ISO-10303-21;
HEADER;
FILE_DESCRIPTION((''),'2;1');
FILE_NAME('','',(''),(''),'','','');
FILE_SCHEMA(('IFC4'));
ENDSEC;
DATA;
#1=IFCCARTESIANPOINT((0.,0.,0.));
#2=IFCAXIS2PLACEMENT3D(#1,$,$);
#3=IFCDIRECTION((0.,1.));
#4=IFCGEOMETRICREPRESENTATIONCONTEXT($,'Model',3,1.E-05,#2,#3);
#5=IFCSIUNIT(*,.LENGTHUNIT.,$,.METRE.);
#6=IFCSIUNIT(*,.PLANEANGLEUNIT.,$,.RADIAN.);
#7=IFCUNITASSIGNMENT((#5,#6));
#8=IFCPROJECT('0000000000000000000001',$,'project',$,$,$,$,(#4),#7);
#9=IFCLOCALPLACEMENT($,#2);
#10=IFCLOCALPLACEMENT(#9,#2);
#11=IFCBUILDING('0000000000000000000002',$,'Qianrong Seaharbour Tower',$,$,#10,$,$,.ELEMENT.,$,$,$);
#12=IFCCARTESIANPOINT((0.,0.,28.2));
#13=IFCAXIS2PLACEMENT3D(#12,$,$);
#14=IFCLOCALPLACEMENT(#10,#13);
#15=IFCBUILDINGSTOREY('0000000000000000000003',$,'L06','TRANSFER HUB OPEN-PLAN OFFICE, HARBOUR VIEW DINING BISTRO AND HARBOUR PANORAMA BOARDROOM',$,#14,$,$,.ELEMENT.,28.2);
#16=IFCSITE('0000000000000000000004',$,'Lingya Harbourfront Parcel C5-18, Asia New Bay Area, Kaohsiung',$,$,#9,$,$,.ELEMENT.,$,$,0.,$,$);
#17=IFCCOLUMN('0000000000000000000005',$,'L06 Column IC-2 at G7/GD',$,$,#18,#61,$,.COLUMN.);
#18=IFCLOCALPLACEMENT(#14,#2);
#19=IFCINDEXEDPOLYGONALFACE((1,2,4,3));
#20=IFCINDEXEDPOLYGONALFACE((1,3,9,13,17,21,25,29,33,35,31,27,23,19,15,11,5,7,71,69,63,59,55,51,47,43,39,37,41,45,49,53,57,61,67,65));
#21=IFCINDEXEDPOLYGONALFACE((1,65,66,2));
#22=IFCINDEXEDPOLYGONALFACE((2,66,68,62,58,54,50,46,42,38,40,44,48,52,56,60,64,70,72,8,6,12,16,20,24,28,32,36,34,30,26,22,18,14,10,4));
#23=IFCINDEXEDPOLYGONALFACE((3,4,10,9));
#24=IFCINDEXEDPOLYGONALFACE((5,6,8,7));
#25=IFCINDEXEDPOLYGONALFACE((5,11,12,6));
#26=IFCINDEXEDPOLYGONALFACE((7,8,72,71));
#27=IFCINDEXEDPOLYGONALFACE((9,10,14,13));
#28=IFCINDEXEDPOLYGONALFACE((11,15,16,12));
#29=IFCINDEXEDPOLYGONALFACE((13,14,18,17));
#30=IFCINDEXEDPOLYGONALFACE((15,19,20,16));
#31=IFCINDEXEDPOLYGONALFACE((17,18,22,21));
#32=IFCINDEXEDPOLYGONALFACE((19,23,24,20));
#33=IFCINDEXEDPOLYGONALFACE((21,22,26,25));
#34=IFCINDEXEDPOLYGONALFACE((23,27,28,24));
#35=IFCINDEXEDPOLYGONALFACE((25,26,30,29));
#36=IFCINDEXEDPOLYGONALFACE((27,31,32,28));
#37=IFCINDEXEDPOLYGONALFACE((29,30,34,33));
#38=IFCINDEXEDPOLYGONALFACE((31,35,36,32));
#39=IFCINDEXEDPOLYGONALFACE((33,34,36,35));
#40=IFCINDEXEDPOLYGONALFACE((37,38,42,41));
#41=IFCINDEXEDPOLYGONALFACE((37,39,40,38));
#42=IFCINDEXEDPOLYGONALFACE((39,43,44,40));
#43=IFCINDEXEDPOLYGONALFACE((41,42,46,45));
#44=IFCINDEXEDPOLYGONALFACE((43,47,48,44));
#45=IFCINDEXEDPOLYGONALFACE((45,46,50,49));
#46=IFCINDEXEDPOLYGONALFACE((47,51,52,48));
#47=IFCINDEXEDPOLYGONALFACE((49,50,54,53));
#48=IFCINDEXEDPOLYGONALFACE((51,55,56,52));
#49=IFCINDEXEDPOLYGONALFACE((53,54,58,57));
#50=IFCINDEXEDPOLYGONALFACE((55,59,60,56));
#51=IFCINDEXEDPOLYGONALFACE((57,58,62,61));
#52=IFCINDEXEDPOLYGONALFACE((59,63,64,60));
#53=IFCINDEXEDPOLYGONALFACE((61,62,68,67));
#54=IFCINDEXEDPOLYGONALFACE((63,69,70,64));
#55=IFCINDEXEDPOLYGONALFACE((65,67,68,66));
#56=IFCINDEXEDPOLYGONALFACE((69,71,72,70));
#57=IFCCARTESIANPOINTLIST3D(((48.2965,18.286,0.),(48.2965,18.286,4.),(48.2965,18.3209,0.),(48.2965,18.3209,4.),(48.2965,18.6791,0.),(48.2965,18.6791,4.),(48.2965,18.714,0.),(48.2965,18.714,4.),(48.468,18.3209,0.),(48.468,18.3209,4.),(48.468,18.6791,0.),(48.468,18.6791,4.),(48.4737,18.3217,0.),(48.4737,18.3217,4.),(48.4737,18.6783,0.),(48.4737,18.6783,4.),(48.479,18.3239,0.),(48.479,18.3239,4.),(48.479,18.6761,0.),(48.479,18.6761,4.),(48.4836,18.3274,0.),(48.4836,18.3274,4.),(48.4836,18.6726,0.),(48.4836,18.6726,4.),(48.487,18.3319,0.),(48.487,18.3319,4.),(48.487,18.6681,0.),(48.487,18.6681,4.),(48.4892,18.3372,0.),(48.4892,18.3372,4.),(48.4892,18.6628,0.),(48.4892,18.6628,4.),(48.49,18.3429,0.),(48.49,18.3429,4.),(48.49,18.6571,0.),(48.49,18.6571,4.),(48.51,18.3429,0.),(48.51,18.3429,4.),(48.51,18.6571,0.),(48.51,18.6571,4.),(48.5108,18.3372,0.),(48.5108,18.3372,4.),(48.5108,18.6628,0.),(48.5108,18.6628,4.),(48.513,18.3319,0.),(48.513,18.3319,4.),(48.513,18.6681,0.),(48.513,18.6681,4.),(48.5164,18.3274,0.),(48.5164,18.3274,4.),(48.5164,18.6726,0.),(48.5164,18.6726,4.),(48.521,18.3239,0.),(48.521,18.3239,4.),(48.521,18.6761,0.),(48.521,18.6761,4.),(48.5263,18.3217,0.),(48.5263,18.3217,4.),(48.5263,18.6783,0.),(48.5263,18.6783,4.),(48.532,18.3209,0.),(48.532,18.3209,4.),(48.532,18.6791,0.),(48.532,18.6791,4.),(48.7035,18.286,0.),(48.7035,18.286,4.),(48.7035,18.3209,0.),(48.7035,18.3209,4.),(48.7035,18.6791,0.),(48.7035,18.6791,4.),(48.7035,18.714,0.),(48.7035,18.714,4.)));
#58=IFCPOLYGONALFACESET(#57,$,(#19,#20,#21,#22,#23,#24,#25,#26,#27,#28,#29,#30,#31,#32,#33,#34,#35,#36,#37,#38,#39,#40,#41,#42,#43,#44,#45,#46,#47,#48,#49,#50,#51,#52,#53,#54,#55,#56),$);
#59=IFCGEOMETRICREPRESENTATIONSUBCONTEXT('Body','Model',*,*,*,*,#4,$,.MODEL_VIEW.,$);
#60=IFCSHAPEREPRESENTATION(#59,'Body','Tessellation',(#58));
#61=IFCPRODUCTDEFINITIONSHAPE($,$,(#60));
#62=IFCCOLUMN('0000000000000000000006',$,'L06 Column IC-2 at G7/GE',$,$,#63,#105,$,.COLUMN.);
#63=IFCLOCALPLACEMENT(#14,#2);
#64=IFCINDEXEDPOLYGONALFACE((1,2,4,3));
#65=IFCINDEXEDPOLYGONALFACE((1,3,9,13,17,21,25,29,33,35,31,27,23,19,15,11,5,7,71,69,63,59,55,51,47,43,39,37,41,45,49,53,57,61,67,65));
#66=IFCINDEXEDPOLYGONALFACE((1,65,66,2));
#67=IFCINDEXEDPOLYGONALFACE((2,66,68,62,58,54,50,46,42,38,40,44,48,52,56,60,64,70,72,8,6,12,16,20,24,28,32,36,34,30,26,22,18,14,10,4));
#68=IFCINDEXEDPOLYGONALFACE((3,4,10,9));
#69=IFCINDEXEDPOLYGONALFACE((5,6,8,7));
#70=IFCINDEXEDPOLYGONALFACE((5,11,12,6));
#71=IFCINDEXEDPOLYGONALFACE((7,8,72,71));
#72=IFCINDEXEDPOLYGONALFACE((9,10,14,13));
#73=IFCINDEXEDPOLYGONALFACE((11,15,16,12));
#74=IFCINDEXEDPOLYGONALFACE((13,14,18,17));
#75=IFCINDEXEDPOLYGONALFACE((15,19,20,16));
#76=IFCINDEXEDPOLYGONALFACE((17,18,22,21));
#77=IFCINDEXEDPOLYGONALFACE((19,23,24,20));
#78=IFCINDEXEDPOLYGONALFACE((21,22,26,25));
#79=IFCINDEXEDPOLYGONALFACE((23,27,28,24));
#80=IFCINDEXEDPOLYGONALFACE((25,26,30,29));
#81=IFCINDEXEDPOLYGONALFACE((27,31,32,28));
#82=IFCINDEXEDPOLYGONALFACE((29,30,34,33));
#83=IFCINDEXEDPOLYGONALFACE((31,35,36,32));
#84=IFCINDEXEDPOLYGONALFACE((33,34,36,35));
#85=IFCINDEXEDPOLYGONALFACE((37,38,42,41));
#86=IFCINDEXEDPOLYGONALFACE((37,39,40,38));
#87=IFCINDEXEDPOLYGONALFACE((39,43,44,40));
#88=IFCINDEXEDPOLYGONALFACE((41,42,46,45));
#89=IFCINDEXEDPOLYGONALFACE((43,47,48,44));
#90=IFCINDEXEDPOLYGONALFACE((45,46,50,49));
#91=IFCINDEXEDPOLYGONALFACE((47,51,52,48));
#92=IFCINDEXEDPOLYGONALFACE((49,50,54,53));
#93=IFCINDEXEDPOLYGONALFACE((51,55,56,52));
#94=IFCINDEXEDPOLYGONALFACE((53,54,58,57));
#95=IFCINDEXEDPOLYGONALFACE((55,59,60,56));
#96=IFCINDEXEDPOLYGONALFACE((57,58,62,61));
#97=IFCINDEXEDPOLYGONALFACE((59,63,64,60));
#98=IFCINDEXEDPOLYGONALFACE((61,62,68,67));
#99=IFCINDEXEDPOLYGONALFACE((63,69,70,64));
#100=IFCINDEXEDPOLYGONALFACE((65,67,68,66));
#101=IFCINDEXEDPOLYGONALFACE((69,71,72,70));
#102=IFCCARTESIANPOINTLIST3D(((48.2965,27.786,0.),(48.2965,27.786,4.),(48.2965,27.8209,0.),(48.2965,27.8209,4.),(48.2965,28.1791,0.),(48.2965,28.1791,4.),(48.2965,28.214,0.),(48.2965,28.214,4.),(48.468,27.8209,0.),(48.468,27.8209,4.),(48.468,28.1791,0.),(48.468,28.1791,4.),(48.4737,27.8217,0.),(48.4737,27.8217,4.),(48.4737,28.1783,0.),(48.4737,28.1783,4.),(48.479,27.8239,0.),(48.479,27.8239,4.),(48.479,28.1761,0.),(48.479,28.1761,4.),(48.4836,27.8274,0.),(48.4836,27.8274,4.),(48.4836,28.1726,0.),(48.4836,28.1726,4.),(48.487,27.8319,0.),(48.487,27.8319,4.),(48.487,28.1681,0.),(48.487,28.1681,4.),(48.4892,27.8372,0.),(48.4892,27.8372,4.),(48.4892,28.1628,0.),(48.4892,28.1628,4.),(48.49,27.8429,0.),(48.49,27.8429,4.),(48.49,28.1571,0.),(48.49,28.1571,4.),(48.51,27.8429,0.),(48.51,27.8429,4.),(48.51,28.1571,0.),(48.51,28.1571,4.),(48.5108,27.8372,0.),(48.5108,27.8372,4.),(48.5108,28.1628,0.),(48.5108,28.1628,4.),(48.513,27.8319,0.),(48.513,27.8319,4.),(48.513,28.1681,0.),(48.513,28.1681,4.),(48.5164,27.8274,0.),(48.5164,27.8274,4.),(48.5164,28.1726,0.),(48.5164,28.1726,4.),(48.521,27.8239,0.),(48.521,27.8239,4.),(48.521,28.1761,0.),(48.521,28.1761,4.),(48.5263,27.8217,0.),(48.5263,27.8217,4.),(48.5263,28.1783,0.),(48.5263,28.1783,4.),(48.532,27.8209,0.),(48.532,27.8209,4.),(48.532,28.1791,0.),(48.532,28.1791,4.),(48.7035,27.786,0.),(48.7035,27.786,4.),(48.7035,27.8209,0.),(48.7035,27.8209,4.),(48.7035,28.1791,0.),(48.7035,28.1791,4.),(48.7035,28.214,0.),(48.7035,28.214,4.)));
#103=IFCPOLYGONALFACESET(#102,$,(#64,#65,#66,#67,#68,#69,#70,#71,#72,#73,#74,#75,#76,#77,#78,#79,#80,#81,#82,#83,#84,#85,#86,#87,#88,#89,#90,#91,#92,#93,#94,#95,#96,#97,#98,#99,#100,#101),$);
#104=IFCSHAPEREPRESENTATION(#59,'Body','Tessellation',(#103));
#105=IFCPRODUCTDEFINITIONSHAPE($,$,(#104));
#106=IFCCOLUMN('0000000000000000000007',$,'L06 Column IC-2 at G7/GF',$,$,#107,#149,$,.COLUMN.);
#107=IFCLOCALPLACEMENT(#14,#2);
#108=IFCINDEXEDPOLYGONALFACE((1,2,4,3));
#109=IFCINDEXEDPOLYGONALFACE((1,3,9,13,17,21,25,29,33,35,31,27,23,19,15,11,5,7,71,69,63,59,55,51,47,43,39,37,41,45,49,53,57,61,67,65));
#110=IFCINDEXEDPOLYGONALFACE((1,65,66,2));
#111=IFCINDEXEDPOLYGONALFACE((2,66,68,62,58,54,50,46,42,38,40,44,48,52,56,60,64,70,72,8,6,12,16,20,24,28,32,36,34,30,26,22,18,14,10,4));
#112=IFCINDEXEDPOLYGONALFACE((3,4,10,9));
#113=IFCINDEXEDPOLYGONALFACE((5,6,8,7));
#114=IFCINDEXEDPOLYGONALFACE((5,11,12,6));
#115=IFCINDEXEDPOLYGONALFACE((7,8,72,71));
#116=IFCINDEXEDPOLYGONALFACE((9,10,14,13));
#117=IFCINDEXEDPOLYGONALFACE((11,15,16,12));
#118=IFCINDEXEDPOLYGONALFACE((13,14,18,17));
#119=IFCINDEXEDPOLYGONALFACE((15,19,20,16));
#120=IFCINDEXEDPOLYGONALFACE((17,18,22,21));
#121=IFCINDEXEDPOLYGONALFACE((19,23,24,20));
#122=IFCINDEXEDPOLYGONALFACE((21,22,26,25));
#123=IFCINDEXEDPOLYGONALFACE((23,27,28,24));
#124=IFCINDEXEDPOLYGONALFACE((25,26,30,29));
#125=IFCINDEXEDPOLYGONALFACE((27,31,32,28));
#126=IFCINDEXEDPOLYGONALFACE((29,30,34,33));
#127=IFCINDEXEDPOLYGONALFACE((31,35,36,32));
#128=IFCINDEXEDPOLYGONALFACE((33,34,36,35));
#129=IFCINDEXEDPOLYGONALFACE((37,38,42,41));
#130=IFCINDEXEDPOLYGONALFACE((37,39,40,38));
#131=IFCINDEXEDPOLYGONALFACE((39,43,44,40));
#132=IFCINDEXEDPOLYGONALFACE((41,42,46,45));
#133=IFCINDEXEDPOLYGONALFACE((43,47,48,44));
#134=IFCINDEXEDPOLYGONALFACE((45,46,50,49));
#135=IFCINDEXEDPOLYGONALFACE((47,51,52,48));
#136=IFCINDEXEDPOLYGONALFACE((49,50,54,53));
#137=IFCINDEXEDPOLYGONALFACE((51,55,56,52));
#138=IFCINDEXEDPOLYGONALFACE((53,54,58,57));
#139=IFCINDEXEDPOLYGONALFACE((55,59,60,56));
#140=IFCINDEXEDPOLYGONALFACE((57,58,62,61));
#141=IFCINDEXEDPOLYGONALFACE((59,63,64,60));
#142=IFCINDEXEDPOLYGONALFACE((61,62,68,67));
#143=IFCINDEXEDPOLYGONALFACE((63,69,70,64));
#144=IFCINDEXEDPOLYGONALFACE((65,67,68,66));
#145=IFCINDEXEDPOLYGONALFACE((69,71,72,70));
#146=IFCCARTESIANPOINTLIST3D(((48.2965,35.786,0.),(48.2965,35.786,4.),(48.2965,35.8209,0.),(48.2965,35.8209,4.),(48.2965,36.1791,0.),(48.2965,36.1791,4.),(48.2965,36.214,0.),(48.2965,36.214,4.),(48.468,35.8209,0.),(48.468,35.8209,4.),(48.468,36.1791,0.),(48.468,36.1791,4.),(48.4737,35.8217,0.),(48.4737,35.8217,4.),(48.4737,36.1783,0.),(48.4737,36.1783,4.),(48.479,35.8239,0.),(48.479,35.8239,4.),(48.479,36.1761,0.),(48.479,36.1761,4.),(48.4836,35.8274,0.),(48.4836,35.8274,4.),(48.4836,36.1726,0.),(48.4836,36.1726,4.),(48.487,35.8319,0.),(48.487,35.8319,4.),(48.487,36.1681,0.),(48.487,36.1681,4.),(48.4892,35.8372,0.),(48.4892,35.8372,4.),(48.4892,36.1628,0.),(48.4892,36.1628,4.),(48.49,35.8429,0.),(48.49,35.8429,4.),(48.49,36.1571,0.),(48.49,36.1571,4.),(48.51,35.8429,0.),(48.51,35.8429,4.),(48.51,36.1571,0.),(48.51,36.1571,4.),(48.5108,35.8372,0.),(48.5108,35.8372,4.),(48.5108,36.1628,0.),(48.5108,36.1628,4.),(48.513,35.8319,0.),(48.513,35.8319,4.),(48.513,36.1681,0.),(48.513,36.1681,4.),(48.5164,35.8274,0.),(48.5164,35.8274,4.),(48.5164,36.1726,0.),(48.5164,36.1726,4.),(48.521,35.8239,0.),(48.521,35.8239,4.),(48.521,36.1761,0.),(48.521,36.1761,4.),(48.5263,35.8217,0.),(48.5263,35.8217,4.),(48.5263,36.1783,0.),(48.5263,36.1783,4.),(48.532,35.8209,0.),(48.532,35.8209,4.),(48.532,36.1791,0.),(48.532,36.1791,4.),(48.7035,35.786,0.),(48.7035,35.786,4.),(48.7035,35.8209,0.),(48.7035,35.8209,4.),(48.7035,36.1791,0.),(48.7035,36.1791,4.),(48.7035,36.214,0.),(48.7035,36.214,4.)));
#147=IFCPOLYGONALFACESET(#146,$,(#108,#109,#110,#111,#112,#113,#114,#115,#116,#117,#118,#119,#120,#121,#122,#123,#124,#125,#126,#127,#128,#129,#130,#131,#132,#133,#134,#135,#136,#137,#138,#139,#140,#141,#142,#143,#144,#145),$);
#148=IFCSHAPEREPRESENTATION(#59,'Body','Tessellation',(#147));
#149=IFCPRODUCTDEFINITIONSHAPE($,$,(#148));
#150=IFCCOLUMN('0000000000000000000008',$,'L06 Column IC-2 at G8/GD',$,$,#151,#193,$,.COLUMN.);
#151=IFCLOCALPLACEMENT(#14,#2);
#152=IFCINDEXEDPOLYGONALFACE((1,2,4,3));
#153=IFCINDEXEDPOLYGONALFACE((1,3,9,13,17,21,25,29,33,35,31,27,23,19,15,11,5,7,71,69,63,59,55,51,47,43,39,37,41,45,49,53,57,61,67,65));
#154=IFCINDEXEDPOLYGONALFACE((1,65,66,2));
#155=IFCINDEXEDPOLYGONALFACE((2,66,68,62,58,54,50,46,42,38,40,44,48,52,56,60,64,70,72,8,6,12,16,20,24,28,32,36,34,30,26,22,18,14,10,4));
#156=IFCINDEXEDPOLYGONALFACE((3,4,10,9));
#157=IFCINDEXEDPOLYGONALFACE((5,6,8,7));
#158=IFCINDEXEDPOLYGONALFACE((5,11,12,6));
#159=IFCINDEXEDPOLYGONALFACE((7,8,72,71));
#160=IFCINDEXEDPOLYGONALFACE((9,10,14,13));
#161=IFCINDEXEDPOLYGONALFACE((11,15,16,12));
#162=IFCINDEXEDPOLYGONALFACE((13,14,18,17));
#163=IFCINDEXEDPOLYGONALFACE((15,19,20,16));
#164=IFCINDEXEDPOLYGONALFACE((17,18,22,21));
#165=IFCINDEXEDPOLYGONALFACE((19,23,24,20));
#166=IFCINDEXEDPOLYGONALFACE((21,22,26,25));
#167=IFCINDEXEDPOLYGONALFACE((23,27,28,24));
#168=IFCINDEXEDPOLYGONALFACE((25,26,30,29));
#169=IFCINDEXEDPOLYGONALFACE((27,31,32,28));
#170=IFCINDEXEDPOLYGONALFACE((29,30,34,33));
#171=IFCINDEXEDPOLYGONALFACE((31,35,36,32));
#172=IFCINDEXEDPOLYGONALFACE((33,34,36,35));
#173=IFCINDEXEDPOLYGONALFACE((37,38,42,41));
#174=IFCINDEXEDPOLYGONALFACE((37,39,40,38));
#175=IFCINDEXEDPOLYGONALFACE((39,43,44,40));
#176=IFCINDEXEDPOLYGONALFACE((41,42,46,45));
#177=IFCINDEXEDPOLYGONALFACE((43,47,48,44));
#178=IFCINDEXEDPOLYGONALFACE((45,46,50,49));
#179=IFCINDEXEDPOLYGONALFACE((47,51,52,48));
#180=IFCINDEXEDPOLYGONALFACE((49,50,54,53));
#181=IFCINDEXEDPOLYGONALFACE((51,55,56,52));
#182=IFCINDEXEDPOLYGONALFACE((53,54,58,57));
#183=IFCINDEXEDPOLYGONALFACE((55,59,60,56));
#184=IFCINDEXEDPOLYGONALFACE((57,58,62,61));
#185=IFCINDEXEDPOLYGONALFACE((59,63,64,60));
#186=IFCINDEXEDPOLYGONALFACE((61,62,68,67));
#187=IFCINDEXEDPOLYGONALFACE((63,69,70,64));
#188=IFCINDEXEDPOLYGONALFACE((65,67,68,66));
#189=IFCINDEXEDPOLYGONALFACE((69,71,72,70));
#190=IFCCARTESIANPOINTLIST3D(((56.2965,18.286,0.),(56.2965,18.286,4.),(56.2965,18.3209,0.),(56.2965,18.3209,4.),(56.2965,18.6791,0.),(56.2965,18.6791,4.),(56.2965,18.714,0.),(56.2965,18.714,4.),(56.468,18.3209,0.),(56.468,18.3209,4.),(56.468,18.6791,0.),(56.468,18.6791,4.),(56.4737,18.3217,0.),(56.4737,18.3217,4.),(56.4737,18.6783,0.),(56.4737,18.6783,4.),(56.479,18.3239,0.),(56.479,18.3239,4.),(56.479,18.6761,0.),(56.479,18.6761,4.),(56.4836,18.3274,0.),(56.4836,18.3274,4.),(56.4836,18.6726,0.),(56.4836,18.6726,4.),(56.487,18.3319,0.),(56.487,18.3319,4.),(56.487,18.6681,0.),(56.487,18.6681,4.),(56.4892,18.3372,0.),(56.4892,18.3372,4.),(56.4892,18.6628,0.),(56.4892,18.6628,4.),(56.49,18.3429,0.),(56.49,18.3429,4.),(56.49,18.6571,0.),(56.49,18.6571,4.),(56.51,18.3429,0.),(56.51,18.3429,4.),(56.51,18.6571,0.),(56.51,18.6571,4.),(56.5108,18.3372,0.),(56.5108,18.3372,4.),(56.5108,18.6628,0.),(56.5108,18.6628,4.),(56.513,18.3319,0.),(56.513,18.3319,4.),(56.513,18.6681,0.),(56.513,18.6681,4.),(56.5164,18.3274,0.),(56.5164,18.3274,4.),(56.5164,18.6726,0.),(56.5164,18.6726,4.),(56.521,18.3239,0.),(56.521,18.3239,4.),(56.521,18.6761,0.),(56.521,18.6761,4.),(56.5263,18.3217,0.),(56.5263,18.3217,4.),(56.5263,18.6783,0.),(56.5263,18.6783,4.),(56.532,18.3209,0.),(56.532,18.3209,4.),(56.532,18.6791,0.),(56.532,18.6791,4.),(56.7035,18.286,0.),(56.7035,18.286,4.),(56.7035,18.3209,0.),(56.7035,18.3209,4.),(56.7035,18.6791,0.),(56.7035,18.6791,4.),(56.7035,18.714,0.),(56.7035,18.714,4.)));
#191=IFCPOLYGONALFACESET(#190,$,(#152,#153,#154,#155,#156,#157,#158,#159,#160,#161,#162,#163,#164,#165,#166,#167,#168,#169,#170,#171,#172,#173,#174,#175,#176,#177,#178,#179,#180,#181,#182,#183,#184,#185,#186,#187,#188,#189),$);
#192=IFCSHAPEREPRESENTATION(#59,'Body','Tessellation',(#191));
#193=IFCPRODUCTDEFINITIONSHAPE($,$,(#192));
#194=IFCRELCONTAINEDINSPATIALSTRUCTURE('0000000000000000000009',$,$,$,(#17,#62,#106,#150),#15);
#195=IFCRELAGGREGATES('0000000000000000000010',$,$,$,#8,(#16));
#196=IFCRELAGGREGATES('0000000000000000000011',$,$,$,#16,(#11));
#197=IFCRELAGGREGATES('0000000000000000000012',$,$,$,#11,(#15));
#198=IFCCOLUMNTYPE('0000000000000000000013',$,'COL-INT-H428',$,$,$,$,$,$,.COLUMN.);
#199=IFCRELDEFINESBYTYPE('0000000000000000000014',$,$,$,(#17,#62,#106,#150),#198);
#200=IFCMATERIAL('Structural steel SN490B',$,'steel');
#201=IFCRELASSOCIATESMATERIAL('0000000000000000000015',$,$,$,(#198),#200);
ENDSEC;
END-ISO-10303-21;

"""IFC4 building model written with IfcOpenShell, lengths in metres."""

from ifc_helpers import new_model, si_unit, direction, frame, origin, origin_2d, place, context, subcontext, project, spatial, i_section, extrude, material, material_profile, profile_set, type_object, element, save


model = new_model("IFC4")

# Units and contexts
model_context = context("Model", 3, precision=1e-05, world=origin(), true_north=direction((0.0, 1.0)))
body_context = subcontext(model_context, "Body", "Model", "MODEL_VIEW")
ifc_project = project(units=[si_unit("LENGTHUNIT", "METRE"), si_unit("PLANEANGLEUNIT", "RADIAN")], contexts=[model_context])

# Site, building, storey
site_placement = place(None, origin())
site = spatial("IfcSite", under=ifc_project, at=site_placement, Name="Lingya Harbourfront Parcel C5-18, Asia New Bay Area, Kaohsiung", CompositionType="ELEMENT", RefElevation=0.0)
building_placement = place(site_placement, origin())
building = spatial("IfcBuilding", under=site, at=building_placement, Name="Qianrong Seaharbour Tower", CompositionType="ELEMENT")
storey_placement = place(building_placement, frame((0.0, 0.0, 28.2)))
storey = spatial("IfcBuildingStorey", under=building, at=storey_placement, Name="L06", Description="TRANSFER HUB OPEN-PLAN OFFICE, HARBOUR VIEW DINING BISTRO AND HARBOUR PANORAMA BOARDROOM", CompositionType="ELEMENT", Elevation=28.2)

# Columns
ifc_material_1 = material(Name="Structural steel SN490B", Category="steel")
ifc_material_profile_1 = material_profile(ifc_material_1, i_section(OverallWidth=0.407, OverallDepth=0.428, WebThickness=0.02, FlangeThickness=0.0349, FilletRadius=0.022, at=origin_2d()), Name="H428x407x20x35")
ifc_profile_set_1 = profile_set([ifc_material_profile_1], Name="Structural steel SN490B")
column_type = type_object("IfcColumnType", Name="COL-INT-H428", PredefinedType="COLUMN", material=ifc_profile_set_1)
for number, where, z_axis, x_axis, name in (
    (1, (48.5, 18.5, 0.0), (0.0, 0.0, 1.0), (1.0, 0.0, 0.0), "L06 Column IC-2 at G7/GD"),
    (2, (48.5, 28.0, 0.0), (0.0, 0.0, 1.0), (1.0, 0.0, 0.0), "L06 Column IC-2 at G7/GE"),
    (3, (48.5, 36.0, 0.0), (0.0, 0.0, 1.0), (1.0, 0.0, 0.0), "L06 Column IC-2 at G7/GF"),
    (4, (56.5, 18.5, 0.0), (0.0, 0.0, 1.0), (1.0, 0.0, 0.0), "L06 Column IC-2 at G8/GD"),
):
    element("IfcColumn", number, at=place(storey_placement, frame(where, z_axis=z_axis, x_axis=x_axis)), inside=storey, type_object=column_type, Name=name, PredefinedType="COLUMN", context=body_context, shape_type="SweptSolid", body=[
        extrude(i_section(OverallWidth=0.407, OverallDepth=0.428, WebThickness=0.02, FlangeThickness=0.0349, FilletRadius=0.022, at=origin_2d()), origin(), (0.0, 0.0, 1.0), 4.0),
    ])

save(model, "model.ifc")
